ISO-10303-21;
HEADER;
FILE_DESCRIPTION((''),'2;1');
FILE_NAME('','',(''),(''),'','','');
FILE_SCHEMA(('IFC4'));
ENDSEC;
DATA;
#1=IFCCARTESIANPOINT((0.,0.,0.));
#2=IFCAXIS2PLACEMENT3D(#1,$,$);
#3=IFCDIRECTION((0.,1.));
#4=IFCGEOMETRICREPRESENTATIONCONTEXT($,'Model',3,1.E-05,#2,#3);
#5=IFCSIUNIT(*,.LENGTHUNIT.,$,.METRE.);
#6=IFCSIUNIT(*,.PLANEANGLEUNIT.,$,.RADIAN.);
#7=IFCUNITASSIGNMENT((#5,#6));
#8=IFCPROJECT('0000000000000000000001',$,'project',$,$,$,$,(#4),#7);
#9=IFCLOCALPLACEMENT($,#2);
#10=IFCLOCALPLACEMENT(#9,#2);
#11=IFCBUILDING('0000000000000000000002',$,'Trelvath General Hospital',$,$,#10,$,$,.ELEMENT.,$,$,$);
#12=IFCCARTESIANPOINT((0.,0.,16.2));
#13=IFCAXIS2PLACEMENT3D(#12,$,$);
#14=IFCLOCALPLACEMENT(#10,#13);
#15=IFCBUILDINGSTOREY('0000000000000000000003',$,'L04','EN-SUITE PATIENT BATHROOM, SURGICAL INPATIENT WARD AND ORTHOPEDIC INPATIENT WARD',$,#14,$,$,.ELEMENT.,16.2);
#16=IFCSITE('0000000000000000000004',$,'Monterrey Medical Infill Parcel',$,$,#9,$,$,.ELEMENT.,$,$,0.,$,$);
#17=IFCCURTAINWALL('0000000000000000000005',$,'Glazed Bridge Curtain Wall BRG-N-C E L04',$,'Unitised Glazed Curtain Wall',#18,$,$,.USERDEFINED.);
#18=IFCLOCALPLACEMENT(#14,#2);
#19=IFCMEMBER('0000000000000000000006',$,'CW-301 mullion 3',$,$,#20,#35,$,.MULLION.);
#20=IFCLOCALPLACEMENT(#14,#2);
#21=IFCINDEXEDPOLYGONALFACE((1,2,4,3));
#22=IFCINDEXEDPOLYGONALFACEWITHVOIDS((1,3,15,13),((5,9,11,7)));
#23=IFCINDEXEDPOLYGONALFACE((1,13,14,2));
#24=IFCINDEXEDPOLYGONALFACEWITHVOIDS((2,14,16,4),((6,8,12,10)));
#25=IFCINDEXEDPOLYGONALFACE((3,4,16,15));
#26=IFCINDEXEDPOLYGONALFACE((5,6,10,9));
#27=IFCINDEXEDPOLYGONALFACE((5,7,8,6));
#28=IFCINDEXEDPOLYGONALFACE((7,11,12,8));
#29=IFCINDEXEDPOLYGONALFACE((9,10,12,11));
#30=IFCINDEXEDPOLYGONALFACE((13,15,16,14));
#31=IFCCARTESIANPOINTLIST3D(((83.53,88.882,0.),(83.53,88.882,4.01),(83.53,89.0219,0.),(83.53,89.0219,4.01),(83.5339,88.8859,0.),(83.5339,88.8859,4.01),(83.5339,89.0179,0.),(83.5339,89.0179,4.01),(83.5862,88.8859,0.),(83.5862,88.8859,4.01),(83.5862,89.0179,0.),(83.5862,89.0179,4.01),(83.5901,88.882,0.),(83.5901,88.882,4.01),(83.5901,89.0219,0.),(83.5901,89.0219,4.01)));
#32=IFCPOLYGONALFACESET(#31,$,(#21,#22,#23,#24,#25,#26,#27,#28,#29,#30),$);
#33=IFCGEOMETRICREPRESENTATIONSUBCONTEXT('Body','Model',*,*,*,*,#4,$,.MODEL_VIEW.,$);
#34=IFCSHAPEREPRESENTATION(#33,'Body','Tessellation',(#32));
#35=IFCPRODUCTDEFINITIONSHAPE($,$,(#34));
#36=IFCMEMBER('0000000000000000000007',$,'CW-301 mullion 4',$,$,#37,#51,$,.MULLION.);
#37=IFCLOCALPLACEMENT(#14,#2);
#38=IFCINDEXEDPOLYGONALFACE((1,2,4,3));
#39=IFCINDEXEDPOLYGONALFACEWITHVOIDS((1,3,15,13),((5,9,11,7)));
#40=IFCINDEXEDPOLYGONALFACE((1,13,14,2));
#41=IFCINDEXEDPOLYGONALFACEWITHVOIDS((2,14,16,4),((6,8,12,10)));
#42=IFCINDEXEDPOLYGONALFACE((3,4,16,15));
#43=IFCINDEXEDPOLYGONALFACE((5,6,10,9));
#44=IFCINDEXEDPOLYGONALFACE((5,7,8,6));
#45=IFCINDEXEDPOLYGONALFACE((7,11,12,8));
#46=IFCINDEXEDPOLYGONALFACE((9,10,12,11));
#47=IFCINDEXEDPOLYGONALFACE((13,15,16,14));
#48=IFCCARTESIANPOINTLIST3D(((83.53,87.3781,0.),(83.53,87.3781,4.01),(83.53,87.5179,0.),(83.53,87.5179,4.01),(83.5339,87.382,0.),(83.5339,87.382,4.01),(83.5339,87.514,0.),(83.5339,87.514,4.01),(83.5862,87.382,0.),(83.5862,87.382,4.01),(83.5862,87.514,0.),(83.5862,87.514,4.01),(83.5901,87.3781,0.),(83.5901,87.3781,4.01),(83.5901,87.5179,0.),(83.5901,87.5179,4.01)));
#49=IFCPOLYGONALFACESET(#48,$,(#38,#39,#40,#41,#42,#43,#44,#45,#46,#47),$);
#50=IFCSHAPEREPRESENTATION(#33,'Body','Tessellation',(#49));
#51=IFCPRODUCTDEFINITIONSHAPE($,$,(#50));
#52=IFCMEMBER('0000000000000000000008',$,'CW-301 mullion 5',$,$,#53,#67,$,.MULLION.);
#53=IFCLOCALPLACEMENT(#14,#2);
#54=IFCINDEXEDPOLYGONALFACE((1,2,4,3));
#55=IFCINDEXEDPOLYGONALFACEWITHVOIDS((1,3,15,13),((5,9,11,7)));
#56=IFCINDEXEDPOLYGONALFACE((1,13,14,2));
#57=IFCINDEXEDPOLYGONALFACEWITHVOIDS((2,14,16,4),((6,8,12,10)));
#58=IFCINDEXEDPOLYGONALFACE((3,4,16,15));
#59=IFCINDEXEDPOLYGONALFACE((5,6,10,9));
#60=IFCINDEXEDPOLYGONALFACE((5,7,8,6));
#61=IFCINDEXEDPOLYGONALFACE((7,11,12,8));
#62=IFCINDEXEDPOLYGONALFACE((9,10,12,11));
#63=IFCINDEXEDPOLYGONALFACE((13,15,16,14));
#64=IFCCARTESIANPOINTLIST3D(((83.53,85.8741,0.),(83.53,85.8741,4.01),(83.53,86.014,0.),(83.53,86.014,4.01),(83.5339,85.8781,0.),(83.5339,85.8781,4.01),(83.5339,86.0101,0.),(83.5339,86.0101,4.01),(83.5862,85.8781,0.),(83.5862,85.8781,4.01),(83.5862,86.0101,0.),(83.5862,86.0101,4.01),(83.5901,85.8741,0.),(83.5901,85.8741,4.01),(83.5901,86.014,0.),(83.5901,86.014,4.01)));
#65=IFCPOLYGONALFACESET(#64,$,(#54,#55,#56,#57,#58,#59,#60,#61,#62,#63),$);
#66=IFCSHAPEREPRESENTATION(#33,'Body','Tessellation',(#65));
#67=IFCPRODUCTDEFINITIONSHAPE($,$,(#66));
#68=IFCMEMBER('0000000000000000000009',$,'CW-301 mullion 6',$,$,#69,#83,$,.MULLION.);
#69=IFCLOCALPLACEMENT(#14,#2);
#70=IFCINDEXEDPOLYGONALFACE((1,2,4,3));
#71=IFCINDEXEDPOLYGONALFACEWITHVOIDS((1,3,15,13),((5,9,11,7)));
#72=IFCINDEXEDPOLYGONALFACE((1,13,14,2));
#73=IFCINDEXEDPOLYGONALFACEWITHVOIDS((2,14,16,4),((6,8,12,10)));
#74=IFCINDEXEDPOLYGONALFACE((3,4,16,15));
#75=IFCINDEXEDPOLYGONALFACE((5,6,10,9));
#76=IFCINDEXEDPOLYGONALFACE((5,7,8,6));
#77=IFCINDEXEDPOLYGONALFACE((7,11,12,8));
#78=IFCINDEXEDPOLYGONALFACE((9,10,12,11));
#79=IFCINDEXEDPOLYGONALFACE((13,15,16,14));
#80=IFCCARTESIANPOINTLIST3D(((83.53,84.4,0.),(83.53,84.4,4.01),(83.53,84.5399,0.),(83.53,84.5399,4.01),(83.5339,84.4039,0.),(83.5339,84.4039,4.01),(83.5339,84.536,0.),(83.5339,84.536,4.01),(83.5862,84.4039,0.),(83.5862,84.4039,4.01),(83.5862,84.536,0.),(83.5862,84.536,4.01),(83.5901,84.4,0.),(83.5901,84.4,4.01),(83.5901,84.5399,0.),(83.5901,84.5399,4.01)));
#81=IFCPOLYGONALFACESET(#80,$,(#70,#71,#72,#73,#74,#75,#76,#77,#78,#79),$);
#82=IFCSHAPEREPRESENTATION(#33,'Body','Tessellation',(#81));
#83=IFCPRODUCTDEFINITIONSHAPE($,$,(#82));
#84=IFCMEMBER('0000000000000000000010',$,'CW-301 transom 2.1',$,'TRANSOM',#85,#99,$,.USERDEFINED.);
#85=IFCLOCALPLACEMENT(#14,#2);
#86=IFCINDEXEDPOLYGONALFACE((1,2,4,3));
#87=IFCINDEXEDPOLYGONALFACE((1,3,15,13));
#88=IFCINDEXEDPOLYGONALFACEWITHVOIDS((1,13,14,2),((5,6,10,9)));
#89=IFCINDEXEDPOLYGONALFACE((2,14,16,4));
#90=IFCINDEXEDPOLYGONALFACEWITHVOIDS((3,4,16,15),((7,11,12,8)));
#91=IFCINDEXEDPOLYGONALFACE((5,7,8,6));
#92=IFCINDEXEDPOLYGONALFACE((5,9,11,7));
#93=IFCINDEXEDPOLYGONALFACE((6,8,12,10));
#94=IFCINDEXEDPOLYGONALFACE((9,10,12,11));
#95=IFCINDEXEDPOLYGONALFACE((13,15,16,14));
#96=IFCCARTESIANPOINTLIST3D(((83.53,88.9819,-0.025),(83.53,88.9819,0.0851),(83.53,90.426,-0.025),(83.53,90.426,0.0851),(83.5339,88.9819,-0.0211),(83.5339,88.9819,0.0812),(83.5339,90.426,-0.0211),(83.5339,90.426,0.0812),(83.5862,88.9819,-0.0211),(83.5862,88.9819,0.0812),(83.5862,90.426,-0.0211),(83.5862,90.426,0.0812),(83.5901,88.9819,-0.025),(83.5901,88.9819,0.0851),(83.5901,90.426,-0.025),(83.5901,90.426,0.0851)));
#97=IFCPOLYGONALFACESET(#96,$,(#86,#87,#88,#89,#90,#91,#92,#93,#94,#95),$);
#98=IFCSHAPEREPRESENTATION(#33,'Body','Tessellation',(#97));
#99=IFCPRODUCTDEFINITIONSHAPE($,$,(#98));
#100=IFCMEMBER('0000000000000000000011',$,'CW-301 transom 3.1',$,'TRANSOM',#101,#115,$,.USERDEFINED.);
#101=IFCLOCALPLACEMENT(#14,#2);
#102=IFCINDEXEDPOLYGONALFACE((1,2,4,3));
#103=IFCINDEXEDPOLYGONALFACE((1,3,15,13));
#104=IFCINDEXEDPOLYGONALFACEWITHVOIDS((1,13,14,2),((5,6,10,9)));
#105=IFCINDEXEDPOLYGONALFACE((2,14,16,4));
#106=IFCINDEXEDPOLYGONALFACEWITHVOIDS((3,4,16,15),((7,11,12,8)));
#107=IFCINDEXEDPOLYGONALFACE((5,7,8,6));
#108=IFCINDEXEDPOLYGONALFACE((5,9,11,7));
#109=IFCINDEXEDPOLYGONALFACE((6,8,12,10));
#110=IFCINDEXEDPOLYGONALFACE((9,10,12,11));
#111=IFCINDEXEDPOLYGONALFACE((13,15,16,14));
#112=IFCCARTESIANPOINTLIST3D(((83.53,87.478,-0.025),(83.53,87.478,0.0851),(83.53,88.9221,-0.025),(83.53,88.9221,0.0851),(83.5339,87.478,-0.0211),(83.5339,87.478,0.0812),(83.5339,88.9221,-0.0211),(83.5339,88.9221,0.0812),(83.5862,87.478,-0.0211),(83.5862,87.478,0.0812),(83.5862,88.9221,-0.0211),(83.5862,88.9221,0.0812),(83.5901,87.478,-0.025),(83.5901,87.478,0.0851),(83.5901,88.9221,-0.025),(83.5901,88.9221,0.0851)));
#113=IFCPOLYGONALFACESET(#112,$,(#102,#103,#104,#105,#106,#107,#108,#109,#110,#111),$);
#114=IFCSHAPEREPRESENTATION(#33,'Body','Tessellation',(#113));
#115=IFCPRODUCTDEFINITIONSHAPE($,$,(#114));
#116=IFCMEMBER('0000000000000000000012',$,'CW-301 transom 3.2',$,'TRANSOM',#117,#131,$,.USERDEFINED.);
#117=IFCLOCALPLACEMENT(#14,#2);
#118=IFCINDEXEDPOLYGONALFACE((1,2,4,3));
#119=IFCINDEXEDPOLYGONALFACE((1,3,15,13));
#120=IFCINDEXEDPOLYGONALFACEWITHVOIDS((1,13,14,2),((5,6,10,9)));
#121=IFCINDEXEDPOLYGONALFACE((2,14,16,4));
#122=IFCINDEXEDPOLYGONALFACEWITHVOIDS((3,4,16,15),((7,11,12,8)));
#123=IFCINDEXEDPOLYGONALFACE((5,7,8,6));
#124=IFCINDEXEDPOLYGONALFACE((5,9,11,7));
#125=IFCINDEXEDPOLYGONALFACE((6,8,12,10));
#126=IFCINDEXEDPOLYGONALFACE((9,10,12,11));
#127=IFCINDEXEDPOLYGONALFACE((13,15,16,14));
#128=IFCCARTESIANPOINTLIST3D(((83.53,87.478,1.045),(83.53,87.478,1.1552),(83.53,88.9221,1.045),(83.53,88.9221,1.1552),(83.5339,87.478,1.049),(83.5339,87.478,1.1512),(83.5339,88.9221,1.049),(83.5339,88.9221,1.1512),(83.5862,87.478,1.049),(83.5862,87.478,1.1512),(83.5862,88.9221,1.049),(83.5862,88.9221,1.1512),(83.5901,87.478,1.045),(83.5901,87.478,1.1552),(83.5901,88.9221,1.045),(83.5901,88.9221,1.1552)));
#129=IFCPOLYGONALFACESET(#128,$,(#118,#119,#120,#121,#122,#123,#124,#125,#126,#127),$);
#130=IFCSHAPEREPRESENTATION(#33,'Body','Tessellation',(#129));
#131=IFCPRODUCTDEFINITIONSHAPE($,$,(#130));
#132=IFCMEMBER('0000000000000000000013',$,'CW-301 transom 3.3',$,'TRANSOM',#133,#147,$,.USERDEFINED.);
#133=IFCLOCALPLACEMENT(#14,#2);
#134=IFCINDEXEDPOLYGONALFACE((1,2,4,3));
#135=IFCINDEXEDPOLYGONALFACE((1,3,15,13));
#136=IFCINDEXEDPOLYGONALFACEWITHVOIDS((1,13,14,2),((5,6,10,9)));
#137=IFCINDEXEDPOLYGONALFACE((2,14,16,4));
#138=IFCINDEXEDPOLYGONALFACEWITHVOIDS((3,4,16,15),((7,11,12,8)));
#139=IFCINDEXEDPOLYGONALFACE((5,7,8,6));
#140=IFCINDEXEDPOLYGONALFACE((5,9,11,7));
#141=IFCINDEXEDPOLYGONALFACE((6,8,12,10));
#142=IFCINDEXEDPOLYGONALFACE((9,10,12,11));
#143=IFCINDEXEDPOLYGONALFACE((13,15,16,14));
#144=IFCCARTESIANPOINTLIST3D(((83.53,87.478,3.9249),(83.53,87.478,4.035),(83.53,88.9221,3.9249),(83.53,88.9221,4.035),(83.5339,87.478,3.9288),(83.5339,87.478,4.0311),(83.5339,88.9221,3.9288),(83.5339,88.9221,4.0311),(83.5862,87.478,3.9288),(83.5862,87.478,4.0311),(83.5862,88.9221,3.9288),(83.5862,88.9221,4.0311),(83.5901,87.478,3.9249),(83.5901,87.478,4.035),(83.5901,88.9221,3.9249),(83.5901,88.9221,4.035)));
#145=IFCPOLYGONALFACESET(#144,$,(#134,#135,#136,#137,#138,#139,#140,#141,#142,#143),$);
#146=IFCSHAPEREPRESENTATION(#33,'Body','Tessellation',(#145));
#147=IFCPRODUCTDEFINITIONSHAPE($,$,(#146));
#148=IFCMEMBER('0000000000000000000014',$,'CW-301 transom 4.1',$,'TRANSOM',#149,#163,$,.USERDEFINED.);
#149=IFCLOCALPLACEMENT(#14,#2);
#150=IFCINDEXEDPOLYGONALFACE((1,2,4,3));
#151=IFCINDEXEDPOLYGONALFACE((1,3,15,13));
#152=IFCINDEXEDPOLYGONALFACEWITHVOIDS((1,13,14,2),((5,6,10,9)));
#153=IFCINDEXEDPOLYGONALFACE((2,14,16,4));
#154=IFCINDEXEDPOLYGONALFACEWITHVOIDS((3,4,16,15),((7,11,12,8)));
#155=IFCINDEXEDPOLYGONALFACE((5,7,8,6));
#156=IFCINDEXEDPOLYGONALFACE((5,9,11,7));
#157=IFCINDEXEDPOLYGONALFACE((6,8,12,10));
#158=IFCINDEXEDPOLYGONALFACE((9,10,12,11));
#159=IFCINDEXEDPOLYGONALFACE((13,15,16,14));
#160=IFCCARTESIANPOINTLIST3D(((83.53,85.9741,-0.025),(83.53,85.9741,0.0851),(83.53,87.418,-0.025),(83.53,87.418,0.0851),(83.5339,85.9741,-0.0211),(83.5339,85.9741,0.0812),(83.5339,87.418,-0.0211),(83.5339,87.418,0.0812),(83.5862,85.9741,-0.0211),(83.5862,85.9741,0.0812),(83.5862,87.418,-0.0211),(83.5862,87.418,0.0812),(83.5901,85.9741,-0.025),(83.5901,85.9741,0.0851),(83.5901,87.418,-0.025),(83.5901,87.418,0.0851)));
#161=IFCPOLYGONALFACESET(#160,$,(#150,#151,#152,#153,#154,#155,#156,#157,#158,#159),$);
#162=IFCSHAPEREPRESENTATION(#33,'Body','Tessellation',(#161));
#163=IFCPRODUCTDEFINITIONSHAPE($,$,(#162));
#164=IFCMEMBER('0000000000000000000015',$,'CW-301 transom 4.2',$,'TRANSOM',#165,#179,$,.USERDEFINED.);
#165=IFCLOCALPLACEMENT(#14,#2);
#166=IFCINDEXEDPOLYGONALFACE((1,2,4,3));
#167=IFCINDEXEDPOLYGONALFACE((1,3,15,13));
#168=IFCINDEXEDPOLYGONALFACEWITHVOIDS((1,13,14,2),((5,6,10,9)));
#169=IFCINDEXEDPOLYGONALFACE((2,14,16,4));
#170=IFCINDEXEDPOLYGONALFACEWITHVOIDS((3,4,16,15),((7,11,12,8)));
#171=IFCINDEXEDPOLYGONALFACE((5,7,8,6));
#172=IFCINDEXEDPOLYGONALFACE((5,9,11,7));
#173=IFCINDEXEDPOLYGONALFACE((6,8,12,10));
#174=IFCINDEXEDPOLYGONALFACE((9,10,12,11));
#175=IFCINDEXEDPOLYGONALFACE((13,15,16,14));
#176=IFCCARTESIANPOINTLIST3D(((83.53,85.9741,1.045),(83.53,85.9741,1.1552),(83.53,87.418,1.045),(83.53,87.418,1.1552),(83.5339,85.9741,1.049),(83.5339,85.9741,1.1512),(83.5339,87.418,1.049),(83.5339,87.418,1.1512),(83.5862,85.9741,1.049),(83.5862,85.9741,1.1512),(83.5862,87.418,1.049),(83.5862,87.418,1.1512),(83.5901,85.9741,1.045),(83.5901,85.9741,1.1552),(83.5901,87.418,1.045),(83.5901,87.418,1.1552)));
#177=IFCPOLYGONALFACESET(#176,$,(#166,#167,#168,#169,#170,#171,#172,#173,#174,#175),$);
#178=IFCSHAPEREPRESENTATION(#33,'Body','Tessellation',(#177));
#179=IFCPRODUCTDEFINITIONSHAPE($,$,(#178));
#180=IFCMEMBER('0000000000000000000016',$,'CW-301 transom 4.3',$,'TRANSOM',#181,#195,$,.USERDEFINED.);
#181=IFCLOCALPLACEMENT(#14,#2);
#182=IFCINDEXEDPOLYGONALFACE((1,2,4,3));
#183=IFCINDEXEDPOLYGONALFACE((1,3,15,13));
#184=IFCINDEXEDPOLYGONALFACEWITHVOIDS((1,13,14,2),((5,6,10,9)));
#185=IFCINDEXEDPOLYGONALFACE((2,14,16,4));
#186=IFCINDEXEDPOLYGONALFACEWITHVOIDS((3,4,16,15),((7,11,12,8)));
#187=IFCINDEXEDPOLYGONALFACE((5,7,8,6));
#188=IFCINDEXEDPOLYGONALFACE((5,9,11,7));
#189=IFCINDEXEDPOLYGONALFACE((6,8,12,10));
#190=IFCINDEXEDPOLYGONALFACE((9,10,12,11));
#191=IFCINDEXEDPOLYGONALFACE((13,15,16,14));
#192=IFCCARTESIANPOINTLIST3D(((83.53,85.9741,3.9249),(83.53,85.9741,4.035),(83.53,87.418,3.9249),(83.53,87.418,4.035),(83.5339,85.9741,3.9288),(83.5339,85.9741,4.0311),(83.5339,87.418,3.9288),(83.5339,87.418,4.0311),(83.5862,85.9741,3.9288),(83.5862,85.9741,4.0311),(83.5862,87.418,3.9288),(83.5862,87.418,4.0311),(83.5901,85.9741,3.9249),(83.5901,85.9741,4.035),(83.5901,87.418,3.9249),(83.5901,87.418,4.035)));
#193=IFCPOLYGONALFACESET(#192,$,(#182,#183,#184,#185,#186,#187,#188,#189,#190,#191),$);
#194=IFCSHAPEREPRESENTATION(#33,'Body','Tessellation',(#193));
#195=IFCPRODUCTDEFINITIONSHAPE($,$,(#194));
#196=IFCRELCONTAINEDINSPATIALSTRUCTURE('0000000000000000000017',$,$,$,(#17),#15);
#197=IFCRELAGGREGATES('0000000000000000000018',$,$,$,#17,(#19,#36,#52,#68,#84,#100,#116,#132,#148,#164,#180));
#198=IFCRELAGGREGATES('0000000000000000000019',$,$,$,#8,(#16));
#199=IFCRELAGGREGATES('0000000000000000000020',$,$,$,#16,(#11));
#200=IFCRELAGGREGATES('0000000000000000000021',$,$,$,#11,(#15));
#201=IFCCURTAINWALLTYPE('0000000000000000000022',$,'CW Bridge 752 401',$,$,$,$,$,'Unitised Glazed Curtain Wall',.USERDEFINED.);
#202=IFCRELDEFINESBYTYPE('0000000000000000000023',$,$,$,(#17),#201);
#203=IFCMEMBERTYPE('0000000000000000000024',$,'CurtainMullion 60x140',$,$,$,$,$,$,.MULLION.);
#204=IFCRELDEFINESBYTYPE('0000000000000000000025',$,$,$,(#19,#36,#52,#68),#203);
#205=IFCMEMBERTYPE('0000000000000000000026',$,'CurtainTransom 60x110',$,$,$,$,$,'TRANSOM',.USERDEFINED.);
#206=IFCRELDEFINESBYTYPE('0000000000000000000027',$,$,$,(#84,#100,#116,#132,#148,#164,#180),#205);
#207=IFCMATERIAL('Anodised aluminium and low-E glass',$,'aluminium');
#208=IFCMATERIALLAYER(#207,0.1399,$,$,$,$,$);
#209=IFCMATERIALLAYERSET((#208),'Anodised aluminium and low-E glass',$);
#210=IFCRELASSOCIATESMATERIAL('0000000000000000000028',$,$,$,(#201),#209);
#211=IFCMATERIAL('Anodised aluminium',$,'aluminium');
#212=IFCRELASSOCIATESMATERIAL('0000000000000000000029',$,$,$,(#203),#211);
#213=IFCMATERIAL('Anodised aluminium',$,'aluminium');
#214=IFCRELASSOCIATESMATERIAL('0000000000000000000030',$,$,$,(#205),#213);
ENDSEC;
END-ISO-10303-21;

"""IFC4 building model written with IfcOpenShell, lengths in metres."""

from ifc_helpers import new_model, si_unit, direction, frame, origin, origin_2d, place, context, subcontext, project, spatial, hollow_rectangle, extrude, material, layer, layer_set, material_profile, profile_set, type_object, element, aggregate, save


model = new_model("IFC4")

# Units and contexts
model_context = context("Model", 3, precision=1e-05, world=origin(), true_north=direction((0.0, 1.0)))
body_context = subcontext(model_context, "Body", "Model", "MODEL_VIEW")
ifc_project = project(units=[si_unit("LENGTHUNIT", "METRE"), si_unit("PLANEANGLEUNIT", "RADIAN")], contexts=[model_context])

# Site, building, storey
site_placement = place(None, origin())
site = spatial("IfcSite", under=ifc_project, at=site_placement, Name="Monterrey Medical Infill Parcel", CompositionType="ELEMENT", RefElevation=0.0)
building_placement = place(site_placement, origin())
building = spatial("IfcBuilding", under=site, at=building_placement, Name="Trelvath General Hospital", CompositionType="ELEMENT")
storey_placement = place(building_placement, frame((0.0, 0.0, 16.2)))
storey = spatial("IfcBuildingStorey", under=building, at=storey_placement, Name="L04", Description="EN-SUITE PATIENT BATHROOM, SURGICAL INPATIENT WARD AND ORTHOPEDIC INPATIENT WARD", CompositionType="ELEMENT", Elevation=16.2)

# Curtain wall, members
ifc_material_1 = material(Name="Anodised aluminium and low-E glass", Category="aluminium")
ifc_layer_1 = layer(ifc_material_1, 0.1399)
ifc_layer_set_1 = layer_set([ifc_layer_1], Name="Anodised aluminium and low-E glass")
curtain_wall_type = type_object("IfcCurtainWallType", Name="CW Bridge 752 401", ElementType="Unitised Glazed Curtain Wall", PredefinedType="USERDEFINED", material=ifc_layer_set_1)
curtain_wall_placement = place(storey_placement, origin())
curtain_wall = element("IfcCurtainWall", 1, at=curtain_wall_placement, inside=storey, type_object=curtain_wall_type, Name="Glazed Bridge Curtain Wall BRG-N-C E L04", ObjectType="Unitised Glazed Curtain Wall", PredefinedType="USERDEFINED")
ifc_material_2 = material(Name="Anodised aluminium", Category="aluminium")
ifc_material_profile_1 = material_profile(ifc_material_2, hollow_rectangle(XDim=0.0601, YDim=0.1399, WallThickness=0.0039, at=origin_2d()), Name="RHS60x140x4")
ifc_profile_set_1 = profile_set([ifc_material_profile_1], Name="Anodised aluminium")
member_type_1 = type_object("IfcMemberType", Name="CurtainMullion 60x140", PredefinedType="MULLION", material=ifc_profile_set_1)
member_1_placement = place(storey_placement, frame((83.5601, 88.9519, 0.0), z_axis=(0.0, 0.0, 1.0), x_axis=(1.0, 0.0, 0.0)))
member_1 = element("IfcMember", 2, at=member_1_placement, type_object=member_type_1, Name="CW-301 mullion 3", PredefinedType="MULLION", context=body_context, shape_type="SweptSolid", body=[
    extrude(hollow_rectangle(XDim=0.0601, YDim=0.1399, WallThickness=0.0039, at=origin_2d()), origin(), (0.0, 0.0, 1.0), 4.01),
])
member_2_placement = place(storey_placement, frame((83.5601, 87.448, 0.0), z_axis=(0.0, 0.0, 1.0), x_axis=(1.0, 0.0, 0.0)))
member_2 = element("IfcMember", 3, at=member_2_placement, type_object=member_type_1, Name="CW-301 mullion 4", PredefinedType="MULLION", context=body_context, shape_type="SweptSolid", body=[
    extrude(hollow_rectangle(XDim=0.0601, YDim=0.1399, WallThickness=0.0039, at=origin_2d()), origin(), (0.0, 0.0, 1.0), 4.01),
])
member_3_placement = place(storey_placement, frame((83.5601, 85.9441, 0.0), z_axis=(0.0, 0.0, 1.0), x_axis=(1.0, 0.0, 0.0)))
member_3 = element("IfcMember", 4, at=member_3_placement, type_object=member_type_1, Name="CW-301 mullion 5", PredefinedType="MULLION", context=body_context, shape_type="SweptSolid", body=[
    extrude(hollow_rectangle(XDim=0.0601, YDim=0.1399, WallThickness=0.0039, at=origin_2d()), origin(), (0.0, 0.0, 1.0), 4.01),
])
member_4_placement = place(storey_placement, frame((83.5601, 84.47, 0.0), z_axis=(0.0, 0.0, 1.0), x_axis=(1.0, 0.0, 0.0)))
member_4 = element("IfcMember", 5, at=member_4_placement, type_object=member_type_1, Name="CW-301 mullion 6", PredefinedType="MULLION", context=body_context, shape_type="SweptSolid", body=[
    extrude(hollow_rectangle(XDim=0.0601, YDim=0.1399, WallThickness=0.0039, at=origin_2d()), origin(), (0.0, 0.0, 1.0), 4.01),
])
ifc_material_3 = material(Name="Anodised aluminium", Category="aluminium")
ifc_material_profile_2 = material_profile(ifc_material_3, hollow_rectangle(XDim=0.0601, YDim=0.1101, WallThickness=0.0039, at=origin_2d()), Name="RHS60x110x4")
ifc_profile_set_2 = profile_set([ifc_material_profile_2], Name="Anodised aluminium")
member_type_2 = type_object("IfcMemberType", Name="CurtainTransom 60x110", ElementType="TRANSOM", PredefinedType="USERDEFINED", material=ifc_profile_set_2)
member_5_placement = place(storey_placement, frame((83.5601, 90.426, 0.03), z_axis=(0.0, -1.0, 0.0), x_axis=(1.0, 0.0, 0.0)))
member_5 = element("IfcMember", 6, at=member_5_placement, type_object=member_type_2, Name="CW-301 transom 2.1", ObjectType="TRANSOM", PredefinedType="USERDEFINED", context=body_context, shape_type="SweptSolid", body=[
    extrude(hollow_rectangle(XDim=0.0601, YDim=0.1101, WallThickness=0.0039, at=origin_2d()), origin(), (0.0, 0.0, 1.0), 1.4441),
])
member_6_placement = place(storey_placement, frame((83.5601, 88.9221, 0.03), z_axis=(0.0, -1.0, 0.0), x_axis=(1.0, 0.0, 0.0)))
member_6 = element("IfcMember", 7, at=member_6_placement, type_object=member_type_2, Name="CW-301 transom 3.1", ObjectType="TRANSOM", PredefinedType="USERDEFINED", context=body_context, shape_type="SweptSolid", body=[
    extrude(hollow_rectangle(XDim=0.0601, YDim=0.1101, WallThickness=0.0039, at=origin_2d()), origin(), (0.0, 0.0, 1.0), 1.4441),
])
member_7_placement = place(storey_placement, frame((83.5601, 88.9221, 1.1001), z_axis=(0.0, -1.0, 0.0), x_axis=(1.0, 0.0, 0.0)))
member_7 = element("IfcMember", 8, at=member_7_placement, type_object=member_type_2, Name="CW-301 transom 3.2", ObjectType="TRANSOM", PredefinedType="USERDEFINED", context=body_context, shape_type="SweptSolid", body=[
    extrude(hollow_rectangle(XDim=0.0601, YDim=0.1101, WallThickness=0.0039, at=origin_2d()), origin(), (0.0, 0.0, 1.0), 1.4441),
])
member_8_placement = place(storey_placement, frame((83.5601, 88.9221, 3.98), z_axis=(0.0, -1.0, 0.0), x_axis=(1.0, 0.0, 0.0)))
member_8 = element("IfcMember", 9, at=member_8_placement, type_object=member_type_2, Name="CW-301 transom 3.3", ObjectType="TRANSOM", PredefinedType="USERDEFINED", context=body_context, shape_type="SweptSolid", body=[
    extrude(hollow_rectangle(XDim=0.0601, YDim=0.1101, WallThickness=0.0039, at=origin_2d()), origin(), (0.0, 0.0, 1.0), 1.4441),
])
member_9_placement = place(storey_placement, frame((83.5601, 87.418, 0.03), z_axis=(0.0, -1.0, 0.0), x_axis=(1.0, 0.0, 0.0)))
member_9 = element("IfcMember", 10, at=member_9_placement, type_object=member_type_2, Name="CW-301 transom 4.1", ObjectType="TRANSOM", PredefinedType="USERDEFINED", context=body_context, shape_type="SweptSolid", body=[
    extrude(hollow_rectangle(XDim=0.0601, YDim=0.1101, WallThickness=0.0039, at=origin_2d()), origin(), (0.0, 0.0, 1.0), 1.4438),
])
member_10_placement = place(storey_placement, frame((83.5601, 87.418, 1.1001), z_axis=(0.0, -1.0, 0.0), x_axis=(1.0, 0.0, 0.0)))
member_10 = element("IfcMember", 11, at=member_10_placement, type_object=member_type_2, Name="CW-301 transom 4.2", ObjectType="TRANSOM", PredefinedType="USERDEFINED", context=body_context, shape_type="SweptSolid", body=[
    extrude(hollow_rectangle(XDim=0.0601, YDim=0.1101, WallThickness=0.0039, at=origin_2d()), origin(), (0.0, 0.0, 1.0), 1.4438),
])
member_11_placement = place(storey_placement, frame((83.5601, 87.418, 3.98), z_axis=(0.0, -1.0, 0.0), x_axis=(1.0, 0.0, 0.0)))
member_11 = element("IfcMember", 12, at=member_11_placement, type_object=member_type_2, Name="CW-301 transom 4.3", ObjectType="TRANSOM", PredefinedType="USERDEFINED", context=body_context, shape_type="SweptSolid", body=[
    extrude(hollow_rectangle(XDim=0.0601, YDim=0.1101, WallThickness=0.0039, at=origin_2d()), origin(), (0.0, 0.0, 1.0), 1.4438),
])
aggregate(curtain_wall, [member_1, member_2, member_3, member_4, member_5, member_6, member_7, member_8, member_9, member_10, member_11])

save(model, "model.ifc")
